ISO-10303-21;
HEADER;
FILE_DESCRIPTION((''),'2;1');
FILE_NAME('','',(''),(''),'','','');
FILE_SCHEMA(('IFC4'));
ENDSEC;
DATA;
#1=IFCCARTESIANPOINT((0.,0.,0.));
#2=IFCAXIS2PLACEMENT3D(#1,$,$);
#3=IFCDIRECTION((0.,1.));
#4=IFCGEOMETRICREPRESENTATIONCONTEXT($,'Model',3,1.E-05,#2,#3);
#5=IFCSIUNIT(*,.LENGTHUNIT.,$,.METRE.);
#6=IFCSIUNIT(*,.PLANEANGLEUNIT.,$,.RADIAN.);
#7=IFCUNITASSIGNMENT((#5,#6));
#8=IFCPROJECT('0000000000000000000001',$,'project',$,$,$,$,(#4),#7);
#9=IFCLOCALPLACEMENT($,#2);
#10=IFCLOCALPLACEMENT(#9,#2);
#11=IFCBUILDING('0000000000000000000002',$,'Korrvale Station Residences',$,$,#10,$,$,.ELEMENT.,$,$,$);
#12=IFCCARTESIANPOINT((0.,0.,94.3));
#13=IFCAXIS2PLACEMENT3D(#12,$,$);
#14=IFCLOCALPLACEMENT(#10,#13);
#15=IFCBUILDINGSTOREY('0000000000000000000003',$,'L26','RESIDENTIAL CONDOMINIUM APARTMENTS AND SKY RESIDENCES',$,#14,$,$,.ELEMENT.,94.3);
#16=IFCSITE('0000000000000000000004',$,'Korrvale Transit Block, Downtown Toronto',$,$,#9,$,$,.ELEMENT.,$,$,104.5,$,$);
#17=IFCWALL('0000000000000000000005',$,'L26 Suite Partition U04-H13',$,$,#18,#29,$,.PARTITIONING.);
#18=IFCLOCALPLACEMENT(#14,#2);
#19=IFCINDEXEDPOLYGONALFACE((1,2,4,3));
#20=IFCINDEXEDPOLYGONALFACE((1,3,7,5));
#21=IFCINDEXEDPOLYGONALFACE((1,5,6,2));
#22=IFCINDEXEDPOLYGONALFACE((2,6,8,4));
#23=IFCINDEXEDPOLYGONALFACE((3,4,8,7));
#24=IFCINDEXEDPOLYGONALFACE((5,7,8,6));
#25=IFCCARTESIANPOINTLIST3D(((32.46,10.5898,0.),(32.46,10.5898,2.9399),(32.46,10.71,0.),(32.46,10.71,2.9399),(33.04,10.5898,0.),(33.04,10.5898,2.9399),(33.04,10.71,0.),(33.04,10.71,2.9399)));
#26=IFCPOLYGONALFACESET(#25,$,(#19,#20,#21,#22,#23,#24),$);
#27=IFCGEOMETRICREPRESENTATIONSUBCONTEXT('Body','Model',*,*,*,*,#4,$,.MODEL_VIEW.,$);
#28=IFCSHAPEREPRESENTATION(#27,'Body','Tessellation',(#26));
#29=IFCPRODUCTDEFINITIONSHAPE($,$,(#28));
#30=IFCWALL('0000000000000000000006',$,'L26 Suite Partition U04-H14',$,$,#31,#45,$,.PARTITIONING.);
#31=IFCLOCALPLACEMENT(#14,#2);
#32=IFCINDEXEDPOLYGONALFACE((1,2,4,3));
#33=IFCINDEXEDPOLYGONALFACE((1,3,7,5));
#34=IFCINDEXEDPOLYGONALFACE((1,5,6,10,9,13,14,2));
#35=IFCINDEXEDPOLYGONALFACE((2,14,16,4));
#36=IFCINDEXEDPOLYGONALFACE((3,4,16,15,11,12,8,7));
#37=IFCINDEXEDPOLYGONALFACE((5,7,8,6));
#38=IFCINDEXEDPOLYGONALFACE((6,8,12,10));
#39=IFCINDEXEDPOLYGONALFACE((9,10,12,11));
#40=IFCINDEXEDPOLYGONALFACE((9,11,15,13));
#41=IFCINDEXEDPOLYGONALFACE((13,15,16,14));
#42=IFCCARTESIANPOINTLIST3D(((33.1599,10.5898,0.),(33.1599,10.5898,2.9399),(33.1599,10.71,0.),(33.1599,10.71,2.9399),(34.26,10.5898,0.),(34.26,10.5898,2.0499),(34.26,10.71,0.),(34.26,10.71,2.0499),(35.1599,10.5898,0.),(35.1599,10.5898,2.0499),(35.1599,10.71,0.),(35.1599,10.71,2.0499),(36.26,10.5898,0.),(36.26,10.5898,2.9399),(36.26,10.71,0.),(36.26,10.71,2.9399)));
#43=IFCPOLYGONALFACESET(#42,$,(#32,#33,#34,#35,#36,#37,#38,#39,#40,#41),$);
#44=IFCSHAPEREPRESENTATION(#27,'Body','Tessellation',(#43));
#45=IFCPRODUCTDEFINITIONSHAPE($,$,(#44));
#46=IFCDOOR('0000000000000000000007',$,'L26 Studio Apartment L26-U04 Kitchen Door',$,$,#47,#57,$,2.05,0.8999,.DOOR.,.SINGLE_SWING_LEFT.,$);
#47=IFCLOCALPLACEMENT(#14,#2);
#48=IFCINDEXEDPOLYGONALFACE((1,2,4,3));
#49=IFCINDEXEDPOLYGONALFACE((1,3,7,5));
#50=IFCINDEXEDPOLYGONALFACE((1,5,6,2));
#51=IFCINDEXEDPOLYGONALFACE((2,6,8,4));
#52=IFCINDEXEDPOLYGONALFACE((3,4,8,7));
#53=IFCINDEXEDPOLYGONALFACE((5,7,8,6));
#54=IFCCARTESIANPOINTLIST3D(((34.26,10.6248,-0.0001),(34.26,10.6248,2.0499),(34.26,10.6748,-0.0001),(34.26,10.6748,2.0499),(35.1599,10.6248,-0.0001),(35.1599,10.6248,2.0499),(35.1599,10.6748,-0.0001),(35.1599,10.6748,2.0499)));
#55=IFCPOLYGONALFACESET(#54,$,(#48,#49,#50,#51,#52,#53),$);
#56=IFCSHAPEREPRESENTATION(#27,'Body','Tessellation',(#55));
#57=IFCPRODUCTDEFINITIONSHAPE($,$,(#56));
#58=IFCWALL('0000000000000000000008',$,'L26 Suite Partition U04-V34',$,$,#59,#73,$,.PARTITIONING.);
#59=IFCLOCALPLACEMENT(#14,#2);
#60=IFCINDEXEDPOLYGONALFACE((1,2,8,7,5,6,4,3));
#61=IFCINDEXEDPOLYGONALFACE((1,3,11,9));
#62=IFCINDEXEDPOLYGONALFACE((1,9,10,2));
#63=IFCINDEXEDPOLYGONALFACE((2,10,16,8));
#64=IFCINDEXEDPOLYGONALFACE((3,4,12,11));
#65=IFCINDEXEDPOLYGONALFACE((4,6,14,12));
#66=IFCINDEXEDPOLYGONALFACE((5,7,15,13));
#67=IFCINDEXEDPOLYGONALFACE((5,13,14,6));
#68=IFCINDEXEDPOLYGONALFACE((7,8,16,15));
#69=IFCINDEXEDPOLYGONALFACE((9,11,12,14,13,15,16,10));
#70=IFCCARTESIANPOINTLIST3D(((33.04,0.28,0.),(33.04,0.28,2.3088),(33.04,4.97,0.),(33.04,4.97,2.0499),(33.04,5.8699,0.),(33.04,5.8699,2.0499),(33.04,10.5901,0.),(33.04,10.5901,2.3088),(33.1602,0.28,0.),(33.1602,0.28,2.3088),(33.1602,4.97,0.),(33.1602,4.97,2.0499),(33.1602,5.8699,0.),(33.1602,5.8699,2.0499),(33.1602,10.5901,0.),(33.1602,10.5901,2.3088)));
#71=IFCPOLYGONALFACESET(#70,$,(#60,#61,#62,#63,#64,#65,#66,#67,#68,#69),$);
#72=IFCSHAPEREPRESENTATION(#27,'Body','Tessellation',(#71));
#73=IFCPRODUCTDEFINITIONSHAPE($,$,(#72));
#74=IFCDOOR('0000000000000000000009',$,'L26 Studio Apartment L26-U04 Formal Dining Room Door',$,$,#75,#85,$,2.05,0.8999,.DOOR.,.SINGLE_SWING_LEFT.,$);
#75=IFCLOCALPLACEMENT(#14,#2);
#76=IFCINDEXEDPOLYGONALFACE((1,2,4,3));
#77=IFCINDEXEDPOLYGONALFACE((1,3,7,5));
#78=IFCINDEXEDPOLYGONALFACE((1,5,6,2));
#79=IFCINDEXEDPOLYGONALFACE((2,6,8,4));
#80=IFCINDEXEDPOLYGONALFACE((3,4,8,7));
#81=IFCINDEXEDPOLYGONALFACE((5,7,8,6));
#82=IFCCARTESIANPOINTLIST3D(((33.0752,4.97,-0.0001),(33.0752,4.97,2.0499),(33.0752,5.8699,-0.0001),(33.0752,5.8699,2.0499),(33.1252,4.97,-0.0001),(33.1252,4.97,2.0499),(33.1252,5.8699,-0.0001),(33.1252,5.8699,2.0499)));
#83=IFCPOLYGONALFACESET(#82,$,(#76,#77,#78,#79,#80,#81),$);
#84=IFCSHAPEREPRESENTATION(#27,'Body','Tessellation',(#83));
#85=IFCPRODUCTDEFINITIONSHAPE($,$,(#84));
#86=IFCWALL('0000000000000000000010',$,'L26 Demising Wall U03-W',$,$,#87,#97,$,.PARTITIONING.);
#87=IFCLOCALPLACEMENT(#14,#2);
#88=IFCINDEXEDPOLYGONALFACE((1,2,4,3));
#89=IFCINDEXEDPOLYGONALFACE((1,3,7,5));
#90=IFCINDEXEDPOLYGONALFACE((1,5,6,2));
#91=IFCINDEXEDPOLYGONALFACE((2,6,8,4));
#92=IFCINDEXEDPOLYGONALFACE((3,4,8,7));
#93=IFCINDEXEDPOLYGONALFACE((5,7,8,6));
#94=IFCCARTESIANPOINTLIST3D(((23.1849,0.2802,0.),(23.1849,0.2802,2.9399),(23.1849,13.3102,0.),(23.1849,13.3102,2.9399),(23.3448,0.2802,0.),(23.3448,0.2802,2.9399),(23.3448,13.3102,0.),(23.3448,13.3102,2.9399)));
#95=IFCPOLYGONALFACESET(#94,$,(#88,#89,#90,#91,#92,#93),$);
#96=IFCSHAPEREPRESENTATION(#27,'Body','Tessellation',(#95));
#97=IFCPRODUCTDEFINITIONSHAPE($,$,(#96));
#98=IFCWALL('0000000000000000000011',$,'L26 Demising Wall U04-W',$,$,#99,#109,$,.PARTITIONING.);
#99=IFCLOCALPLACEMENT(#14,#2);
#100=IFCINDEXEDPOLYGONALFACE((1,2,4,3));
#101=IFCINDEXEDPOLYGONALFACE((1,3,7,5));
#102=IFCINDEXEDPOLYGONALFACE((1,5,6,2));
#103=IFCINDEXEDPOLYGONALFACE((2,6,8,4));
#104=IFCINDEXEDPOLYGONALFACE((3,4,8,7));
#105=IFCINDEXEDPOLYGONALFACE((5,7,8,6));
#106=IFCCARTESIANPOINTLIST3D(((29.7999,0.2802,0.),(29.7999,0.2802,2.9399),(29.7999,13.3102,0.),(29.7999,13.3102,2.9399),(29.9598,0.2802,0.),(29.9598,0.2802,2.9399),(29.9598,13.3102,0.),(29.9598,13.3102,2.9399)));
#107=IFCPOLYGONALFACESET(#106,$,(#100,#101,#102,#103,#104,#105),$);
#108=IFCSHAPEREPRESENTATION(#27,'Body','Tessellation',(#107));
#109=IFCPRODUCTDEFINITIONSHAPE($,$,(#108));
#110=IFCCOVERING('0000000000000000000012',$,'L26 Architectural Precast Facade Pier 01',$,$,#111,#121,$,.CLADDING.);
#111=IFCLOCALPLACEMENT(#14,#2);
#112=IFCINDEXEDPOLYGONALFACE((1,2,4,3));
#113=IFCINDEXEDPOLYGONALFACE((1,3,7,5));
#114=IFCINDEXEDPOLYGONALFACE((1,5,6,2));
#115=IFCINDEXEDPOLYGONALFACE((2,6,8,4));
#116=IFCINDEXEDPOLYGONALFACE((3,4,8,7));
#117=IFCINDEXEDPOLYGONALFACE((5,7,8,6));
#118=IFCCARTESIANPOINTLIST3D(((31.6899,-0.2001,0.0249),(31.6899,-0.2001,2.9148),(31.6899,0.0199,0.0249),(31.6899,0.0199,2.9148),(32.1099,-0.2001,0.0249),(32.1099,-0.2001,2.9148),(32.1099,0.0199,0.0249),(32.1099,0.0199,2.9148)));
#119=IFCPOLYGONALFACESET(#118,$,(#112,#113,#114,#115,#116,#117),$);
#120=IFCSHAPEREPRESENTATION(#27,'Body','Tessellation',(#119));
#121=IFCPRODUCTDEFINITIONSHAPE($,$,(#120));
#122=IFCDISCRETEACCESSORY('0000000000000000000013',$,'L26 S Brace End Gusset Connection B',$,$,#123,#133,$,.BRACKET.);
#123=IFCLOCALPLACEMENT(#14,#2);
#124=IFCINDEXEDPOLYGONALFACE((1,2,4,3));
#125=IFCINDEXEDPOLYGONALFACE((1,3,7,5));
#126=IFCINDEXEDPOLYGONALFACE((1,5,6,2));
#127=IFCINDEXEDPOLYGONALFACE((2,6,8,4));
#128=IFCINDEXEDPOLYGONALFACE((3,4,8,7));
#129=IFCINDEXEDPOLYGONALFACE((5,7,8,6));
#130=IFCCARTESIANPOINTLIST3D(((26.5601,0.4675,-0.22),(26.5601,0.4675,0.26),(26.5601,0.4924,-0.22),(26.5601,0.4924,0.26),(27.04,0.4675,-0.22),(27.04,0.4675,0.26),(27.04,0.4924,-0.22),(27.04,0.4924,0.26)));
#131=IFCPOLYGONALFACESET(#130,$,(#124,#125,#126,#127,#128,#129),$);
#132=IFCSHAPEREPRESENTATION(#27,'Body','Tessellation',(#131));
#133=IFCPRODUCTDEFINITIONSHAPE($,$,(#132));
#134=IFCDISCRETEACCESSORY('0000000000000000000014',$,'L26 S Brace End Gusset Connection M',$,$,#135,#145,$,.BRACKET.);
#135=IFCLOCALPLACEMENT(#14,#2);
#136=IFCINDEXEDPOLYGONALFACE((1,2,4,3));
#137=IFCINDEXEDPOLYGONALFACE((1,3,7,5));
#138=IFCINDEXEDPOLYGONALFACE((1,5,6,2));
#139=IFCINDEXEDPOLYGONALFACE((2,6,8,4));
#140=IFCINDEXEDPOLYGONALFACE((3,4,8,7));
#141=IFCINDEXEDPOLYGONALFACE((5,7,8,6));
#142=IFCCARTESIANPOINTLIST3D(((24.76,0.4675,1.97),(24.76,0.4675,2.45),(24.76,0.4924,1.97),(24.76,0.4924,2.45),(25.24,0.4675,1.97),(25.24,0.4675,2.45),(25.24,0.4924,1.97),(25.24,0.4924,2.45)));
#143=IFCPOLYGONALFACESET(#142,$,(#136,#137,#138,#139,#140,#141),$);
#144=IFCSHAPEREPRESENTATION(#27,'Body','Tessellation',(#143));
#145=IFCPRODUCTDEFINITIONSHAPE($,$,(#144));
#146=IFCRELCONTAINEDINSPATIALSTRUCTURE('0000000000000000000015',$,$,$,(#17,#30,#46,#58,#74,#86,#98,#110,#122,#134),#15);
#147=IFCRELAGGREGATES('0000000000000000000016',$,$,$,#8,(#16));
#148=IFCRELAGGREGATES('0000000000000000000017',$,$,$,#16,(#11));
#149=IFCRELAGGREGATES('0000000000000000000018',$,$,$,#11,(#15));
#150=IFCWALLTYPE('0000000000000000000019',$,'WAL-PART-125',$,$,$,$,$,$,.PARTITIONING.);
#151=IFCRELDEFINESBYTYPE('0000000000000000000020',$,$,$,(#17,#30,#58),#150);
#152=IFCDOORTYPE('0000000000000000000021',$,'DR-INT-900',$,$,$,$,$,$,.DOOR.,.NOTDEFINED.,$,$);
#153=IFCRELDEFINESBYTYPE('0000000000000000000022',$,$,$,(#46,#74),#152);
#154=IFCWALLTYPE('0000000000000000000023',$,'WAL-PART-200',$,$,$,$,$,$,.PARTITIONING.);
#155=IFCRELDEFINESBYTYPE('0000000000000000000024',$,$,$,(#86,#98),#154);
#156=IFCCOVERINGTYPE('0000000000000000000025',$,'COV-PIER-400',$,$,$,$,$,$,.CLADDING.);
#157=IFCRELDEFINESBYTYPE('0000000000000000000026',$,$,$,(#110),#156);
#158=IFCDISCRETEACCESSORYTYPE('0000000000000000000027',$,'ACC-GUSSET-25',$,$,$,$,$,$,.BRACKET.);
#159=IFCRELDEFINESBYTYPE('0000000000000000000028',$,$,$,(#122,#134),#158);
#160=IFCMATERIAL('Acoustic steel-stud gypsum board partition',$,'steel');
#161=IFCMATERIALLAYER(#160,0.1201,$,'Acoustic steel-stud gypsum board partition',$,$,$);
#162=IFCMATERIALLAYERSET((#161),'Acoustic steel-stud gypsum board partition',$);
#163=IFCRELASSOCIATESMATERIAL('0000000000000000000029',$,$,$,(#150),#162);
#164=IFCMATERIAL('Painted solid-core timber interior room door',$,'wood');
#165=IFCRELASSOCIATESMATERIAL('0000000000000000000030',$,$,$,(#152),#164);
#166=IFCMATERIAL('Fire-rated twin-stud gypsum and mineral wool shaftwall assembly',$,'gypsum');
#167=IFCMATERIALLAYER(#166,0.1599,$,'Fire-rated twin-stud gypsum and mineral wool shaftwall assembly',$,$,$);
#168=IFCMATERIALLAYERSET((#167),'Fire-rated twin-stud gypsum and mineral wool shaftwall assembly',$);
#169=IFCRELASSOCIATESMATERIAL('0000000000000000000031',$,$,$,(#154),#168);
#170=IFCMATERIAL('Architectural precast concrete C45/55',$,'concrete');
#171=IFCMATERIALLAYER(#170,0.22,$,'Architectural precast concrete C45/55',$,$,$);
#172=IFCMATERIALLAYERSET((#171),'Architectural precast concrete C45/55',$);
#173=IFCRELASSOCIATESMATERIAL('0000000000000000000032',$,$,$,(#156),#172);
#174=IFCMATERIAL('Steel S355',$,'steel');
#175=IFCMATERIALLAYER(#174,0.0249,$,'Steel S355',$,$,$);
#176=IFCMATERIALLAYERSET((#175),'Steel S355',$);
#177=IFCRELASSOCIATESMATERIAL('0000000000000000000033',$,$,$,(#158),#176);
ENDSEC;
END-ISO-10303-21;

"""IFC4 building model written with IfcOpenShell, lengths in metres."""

from ifc_helpers import new_model, si_unit, direction, frame, frame_2d, origin, origin_2d, place, context, subcontext, project, spatial, rectangle, extrude, material, layer, layer_set, type_object, element, fill, save


model = new_model("IFC4")

# Units and contexts
model_context = context("Model", 3, precision=1e-05, world=origin(), true_north=direction((0.0, 1.0)))
body_context = subcontext(model_context, "Body", "Model", "MODEL_VIEW")
ifc_project = project(units=[si_unit("LENGTHUNIT", "METRE"), si_unit("PLANEANGLEUNIT", "RADIAN")], contexts=[model_context])

# Site, building, storey
site_placement = place(None, origin())
site = spatial("IfcSite", under=ifc_project, at=site_placement, Name="Korrvale Transit Block, Downtown Toronto", CompositionType="ELEMENT", RefElevation=104.5)
building_placement = place(site_placement, origin())
building = spatial("IfcBuilding", under=site, at=building_placement, Name="Korrvale Station Residences", CompositionType="ELEMENT")
storey_placement = place(building_placement, frame((0.0, 0.0, 94.3)))
storey = spatial("IfcBuildingStorey", under=building, at=storey_placement, Name="L26", Description="RESIDENTIAL CONDOMINIUM APARTMENTS AND SKY RESIDENCES", CompositionType="ELEMENT", Elevation=94.3)

# Shared definitions
ifc_material_1 = material(Name="Steel S355", Category="steel")

# Shared definitions
ifc_material_2 = material(Name="Acoustic steel-stud gypsum board partition", Category="steel")
ifc_layer_1 = layer(ifc_material_2, 0.1201, Name="Acoustic steel-stud gypsum board partition")
ifc_layer_set_1 = layer_set([ifc_layer_1], Name="Acoustic steel-stud gypsum board partition")
wall_type_1 = type_object("IfcWallType", Name="WAL-PART-125", PredefinedType="PARTITIONING", material=ifc_layer_set_1)

# Shared definitions
ifc_material_3 = material(Name="Painted solid-core timber interior room door", Category="wood")
door_type_1 = type_object("IfcDoorType", Name="DR-INT-900", OperationType="NOTDEFINED", PredefinedType="DOOR", material=ifc_material_3)

# Wall
wall_1_placement = place(storey_placement, frame((32.46, 10.6499, 0.0), z_axis=(0.0, 0.0, 1.0), x_axis=(1.0, 0.0, 0.0)))
element("IfcWall", 1, at=wall_1_placement, inside=storey, type_object=wall_type_1, Name="L26 Suite Partition U04-H13", PredefinedType="PARTITIONING", context=body_context, shape_type="SweptSolid", body=[
    extrude(rectangle(XDim=0.5801, YDim=0.1201, at=frame_2d((0.29, 0.0))), origin(), (0.0, 0.0, 1.0), 2.9399),
])

# Walls, openings, doors
wall_2_placement = place(storey_placement, frame((33.1599, 10.6499, 0.0), z_axis=(0.0, 0.0, 1.0), x_axis=(1.0, 0.0, 0.0)))
wall_2 = element("IfcWall", 2, at=wall_2_placement, inside=storey, type_object=wall_type_1, Name="L26 Suite Partition U04-H14", PredefinedType="PARTITIONING", context=body_context, shape_type="SweptSolid", body=[
    extrude(rectangle(XDim=3.1001, YDim=0.1201, at=frame_2d((1.55, 0.0))), origin(), (0.0, 0.0, 1.0), 2.9399),
])
opening_1_placement = place(wall_2_placement, frame((1.1001, 0.0, 0.0)))
opening_1 = element("IfcOpeningElement", 3, at=opening_1_placement, cuts=wall_2, PredefinedType="OPENING", context=body_context, shape_type="SweptSolid", body=[
    extrude(rectangle(XDim=0.8999, YDim=2.05, at=frame_2d((0.45, 1.0249))), frame((0.0, 0.0701, 0.0), z_axis=(0.0, -1.0, 0.0), x_axis=(1.0, 0.0, 0.0)), (0.0, 0.0, 1.0), 0.1401),
])
door_1_placement = place(opening_1_placement, origin())
door_1 = element("IfcDoor", 4, at=door_1_placement, inside=storey, type_object=door_type_1, Name="L26 Studio Apartment L26-U04 Kitchen Door", OperationType="SINGLE_SWING_LEFT", OverallHeight=2.05, OverallWidth=0.8999, PredefinedType="DOOR", context=body_context, shape_type="SweptSolid", body=[
    extrude(rectangle(XDim=0.8999, YDim=2.05, at=frame_2d((0.45, 1.0249))), frame((0.0, 0.0249, 0.0), z_axis=(0.0, -1.0, 0.0), x_axis=(1.0, 0.0, 0.0)), (0.0, 0.0, 1.0), 0.05),
])
fill(opening_1, door_1)
wall_3_placement = place(storey_placement, frame((33.1001, 0.28, 0.0), z_axis=(0.0, 0.0, 1.0), x_axis=(0.0, 1.0, 0.0)))
wall_3 = element("IfcWall", 5, at=wall_3_placement, inside=storey, type_object=wall_type_1, Name="L26 Suite Partition U04-V34", PredefinedType="PARTITIONING", context=body_context, shape_type="SweptSolid", body=[
    extrude(rectangle(XDim=10.3101, YDim=0.1201, at=frame_2d((5.155, 0.0))), origin(), (0.0, 0.0, 1.0), 2.3088),
])
opening_2_placement = place(wall_3_placement, frame((4.6899, 0.0, 0.0)))
opening_2 = element("IfcOpeningElement", 6, at=opening_2_placement, cuts=wall_3, PredefinedType="OPENING", context=body_context, shape_type="SweptSolid", body=[
    extrude(rectangle(XDim=0.8999, YDim=2.05, at=frame_2d((0.45, 1.0249))), frame((0.0, 0.0701, 0.0), z_axis=(0.0, -1.0, 0.0), x_axis=(1.0, 0.0, 0.0)), (0.0, 0.0, 1.0), 0.1401),
])
door_2_placement = place(opening_2_placement, origin())
door_2 = element("IfcDoor", 7, at=door_2_placement, inside=storey, type_object=door_type_1, Name="L26 Studio Apartment L26-U04 Formal Dining Room Door", OperationType="SINGLE_SWING_LEFT", OverallHeight=2.05, OverallWidth=0.8999, PredefinedType="DOOR", context=body_context, shape_type="SweptSolid", body=[
    extrude(rectangle(XDim=0.8999, YDim=2.05, at=frame_2d((0.45, 1.0249))), frame((0.0, 0.0249, 0.0), z_axis=(0.0, -1.0, 0.0), x_axis=(1.0, 0.0, 0.0)), (0.0, 0.0, 1.0), 0.05),
])
fill(opening_2, door_2)

# Walls
ifc_material_4 = material(Name="Fire-rated twin-stud gypsum and mineral wool shaftwall assembly", Category="gypsum")
ifc_layer_2 = layer(ifc_material_4, 0.1599, Name="Fire-rated twin-stud gypsum and mineral wool shaftwall assembly")
ifc_layer_set_2 = layer_set([ifc_layer_2], Name="Fire-rated twin-stud gypsum and mineral wool shaftwall assembly")
wall_type_2 = type_object("IfcWallType", Name="WAL-PART-200", PredefinedType="PARTITIONING", material=ifc_layer_set_2)
for number, where, z_axis, x_axis, name in (
    (8, (23.2649, 0.28, 0.0), (0.0, 0.0, 1.0), (0.0, 1.0, 0.0), "L26 Demising Wall U03-W"),
    (9, (29.8799, 0.28, 0.0), (0.0, 0.0, 1.0), (0.0, 1.0, 0.0), "L26 Demising Wall U04-W"),
):
    element("IfcWall", number, at=place(storey_placement, frame(where, z_axis=z_axis, x_axis=x_axis)), inside=storey, type_object=wall_type_2, Name=name, PredefinedType="PARTITIONING", context=body_context, shape_type="SweptSolid", body=[
        extrude(rectangle(XDim=13.03, YDim=0.1599, at=frame_2d((6.5151, 0.0))), origin(), (0.0, 0.0, 1.0), 2.9399),
    ])

# Covering
ifc_material_5 = material(Name="Architectural precast concrete C45/55", Category="concrete")
ifc_layer_3 = layer(ifc_material_5, 0.22, Name="Architectural precast concrete C45/55")
ifc_layer_set_3 = layer_set([ifc_layer_3], Name="Architectural precast concrete C45/55")
covering_type = type_object("IfcCoveringType", Name="COV-PIER-400", PredefinedType="CLADDING", material=ifc_layer_set_3)
covering_placement = place(storey_placement, frame((31.8999, -0.0901, 0.0249), z_axis=(0.0, 0.0, 1.0), x_axis=(1.0, 0.0, 0.0)))
element("IfcCovering", 10, at=covering_placement, inside=storey, type_object=covering_type, Name="L26 Architectural Precast Facade Pier 01", PredefinedType="CLADDING", context=body_context, shape_type="SweptSolid", body=[
    extrude(rectangle(XDim=0.4199, YDim=0.22, at=origin_2d()), origin(), (0.0, 0.0, 1.0), 2.8899),
])

# Discrete accessories
ifc_layer_4 = layer(ifc_material_1, 0.0249, Name="Steel S355")
ifc_layer_set_4 = layer_set([ifc_layer_4], Name="Steel S355")
discrete_accessory_type = type_object("IfcDiscreteAccessoryType", Name="ACC-GUSSET-25", PredefinedType="BRACKET", material=ifc_layer_set_4)
for number, where, z_axis, x_axis, name in (
    (11, (26.8, 0.48, -0.22), (0.0, 0.0, 1.0), (1.0, 0.0, 0.0), "L26 S Brace End Gusset Connection B"),
    (12, (25.0, 0.48, 1.97), (0.0, 0.0, 1.0), (1.0, 0.0, 0.0), "L26 S Brace End Gusset Connection M"),
):
    element("IfcDiscreteAccessory", number, at=place(storey_placement, frame(where, z_axis=z_axis, x_axis=x_axis)), inside=storey, type_object=discrete_accessory_type, Name=name, PredefinedType="BRACKET", context=body_context, shape_type="SweptSolid", body=[
        extrude(rectangle(XDim=0.48, YDim=0.0249, at=origin_2d()), origin(), (0.0, 0.0, 1.0), 0.48),
    ])

save(model, "model.ifc")
